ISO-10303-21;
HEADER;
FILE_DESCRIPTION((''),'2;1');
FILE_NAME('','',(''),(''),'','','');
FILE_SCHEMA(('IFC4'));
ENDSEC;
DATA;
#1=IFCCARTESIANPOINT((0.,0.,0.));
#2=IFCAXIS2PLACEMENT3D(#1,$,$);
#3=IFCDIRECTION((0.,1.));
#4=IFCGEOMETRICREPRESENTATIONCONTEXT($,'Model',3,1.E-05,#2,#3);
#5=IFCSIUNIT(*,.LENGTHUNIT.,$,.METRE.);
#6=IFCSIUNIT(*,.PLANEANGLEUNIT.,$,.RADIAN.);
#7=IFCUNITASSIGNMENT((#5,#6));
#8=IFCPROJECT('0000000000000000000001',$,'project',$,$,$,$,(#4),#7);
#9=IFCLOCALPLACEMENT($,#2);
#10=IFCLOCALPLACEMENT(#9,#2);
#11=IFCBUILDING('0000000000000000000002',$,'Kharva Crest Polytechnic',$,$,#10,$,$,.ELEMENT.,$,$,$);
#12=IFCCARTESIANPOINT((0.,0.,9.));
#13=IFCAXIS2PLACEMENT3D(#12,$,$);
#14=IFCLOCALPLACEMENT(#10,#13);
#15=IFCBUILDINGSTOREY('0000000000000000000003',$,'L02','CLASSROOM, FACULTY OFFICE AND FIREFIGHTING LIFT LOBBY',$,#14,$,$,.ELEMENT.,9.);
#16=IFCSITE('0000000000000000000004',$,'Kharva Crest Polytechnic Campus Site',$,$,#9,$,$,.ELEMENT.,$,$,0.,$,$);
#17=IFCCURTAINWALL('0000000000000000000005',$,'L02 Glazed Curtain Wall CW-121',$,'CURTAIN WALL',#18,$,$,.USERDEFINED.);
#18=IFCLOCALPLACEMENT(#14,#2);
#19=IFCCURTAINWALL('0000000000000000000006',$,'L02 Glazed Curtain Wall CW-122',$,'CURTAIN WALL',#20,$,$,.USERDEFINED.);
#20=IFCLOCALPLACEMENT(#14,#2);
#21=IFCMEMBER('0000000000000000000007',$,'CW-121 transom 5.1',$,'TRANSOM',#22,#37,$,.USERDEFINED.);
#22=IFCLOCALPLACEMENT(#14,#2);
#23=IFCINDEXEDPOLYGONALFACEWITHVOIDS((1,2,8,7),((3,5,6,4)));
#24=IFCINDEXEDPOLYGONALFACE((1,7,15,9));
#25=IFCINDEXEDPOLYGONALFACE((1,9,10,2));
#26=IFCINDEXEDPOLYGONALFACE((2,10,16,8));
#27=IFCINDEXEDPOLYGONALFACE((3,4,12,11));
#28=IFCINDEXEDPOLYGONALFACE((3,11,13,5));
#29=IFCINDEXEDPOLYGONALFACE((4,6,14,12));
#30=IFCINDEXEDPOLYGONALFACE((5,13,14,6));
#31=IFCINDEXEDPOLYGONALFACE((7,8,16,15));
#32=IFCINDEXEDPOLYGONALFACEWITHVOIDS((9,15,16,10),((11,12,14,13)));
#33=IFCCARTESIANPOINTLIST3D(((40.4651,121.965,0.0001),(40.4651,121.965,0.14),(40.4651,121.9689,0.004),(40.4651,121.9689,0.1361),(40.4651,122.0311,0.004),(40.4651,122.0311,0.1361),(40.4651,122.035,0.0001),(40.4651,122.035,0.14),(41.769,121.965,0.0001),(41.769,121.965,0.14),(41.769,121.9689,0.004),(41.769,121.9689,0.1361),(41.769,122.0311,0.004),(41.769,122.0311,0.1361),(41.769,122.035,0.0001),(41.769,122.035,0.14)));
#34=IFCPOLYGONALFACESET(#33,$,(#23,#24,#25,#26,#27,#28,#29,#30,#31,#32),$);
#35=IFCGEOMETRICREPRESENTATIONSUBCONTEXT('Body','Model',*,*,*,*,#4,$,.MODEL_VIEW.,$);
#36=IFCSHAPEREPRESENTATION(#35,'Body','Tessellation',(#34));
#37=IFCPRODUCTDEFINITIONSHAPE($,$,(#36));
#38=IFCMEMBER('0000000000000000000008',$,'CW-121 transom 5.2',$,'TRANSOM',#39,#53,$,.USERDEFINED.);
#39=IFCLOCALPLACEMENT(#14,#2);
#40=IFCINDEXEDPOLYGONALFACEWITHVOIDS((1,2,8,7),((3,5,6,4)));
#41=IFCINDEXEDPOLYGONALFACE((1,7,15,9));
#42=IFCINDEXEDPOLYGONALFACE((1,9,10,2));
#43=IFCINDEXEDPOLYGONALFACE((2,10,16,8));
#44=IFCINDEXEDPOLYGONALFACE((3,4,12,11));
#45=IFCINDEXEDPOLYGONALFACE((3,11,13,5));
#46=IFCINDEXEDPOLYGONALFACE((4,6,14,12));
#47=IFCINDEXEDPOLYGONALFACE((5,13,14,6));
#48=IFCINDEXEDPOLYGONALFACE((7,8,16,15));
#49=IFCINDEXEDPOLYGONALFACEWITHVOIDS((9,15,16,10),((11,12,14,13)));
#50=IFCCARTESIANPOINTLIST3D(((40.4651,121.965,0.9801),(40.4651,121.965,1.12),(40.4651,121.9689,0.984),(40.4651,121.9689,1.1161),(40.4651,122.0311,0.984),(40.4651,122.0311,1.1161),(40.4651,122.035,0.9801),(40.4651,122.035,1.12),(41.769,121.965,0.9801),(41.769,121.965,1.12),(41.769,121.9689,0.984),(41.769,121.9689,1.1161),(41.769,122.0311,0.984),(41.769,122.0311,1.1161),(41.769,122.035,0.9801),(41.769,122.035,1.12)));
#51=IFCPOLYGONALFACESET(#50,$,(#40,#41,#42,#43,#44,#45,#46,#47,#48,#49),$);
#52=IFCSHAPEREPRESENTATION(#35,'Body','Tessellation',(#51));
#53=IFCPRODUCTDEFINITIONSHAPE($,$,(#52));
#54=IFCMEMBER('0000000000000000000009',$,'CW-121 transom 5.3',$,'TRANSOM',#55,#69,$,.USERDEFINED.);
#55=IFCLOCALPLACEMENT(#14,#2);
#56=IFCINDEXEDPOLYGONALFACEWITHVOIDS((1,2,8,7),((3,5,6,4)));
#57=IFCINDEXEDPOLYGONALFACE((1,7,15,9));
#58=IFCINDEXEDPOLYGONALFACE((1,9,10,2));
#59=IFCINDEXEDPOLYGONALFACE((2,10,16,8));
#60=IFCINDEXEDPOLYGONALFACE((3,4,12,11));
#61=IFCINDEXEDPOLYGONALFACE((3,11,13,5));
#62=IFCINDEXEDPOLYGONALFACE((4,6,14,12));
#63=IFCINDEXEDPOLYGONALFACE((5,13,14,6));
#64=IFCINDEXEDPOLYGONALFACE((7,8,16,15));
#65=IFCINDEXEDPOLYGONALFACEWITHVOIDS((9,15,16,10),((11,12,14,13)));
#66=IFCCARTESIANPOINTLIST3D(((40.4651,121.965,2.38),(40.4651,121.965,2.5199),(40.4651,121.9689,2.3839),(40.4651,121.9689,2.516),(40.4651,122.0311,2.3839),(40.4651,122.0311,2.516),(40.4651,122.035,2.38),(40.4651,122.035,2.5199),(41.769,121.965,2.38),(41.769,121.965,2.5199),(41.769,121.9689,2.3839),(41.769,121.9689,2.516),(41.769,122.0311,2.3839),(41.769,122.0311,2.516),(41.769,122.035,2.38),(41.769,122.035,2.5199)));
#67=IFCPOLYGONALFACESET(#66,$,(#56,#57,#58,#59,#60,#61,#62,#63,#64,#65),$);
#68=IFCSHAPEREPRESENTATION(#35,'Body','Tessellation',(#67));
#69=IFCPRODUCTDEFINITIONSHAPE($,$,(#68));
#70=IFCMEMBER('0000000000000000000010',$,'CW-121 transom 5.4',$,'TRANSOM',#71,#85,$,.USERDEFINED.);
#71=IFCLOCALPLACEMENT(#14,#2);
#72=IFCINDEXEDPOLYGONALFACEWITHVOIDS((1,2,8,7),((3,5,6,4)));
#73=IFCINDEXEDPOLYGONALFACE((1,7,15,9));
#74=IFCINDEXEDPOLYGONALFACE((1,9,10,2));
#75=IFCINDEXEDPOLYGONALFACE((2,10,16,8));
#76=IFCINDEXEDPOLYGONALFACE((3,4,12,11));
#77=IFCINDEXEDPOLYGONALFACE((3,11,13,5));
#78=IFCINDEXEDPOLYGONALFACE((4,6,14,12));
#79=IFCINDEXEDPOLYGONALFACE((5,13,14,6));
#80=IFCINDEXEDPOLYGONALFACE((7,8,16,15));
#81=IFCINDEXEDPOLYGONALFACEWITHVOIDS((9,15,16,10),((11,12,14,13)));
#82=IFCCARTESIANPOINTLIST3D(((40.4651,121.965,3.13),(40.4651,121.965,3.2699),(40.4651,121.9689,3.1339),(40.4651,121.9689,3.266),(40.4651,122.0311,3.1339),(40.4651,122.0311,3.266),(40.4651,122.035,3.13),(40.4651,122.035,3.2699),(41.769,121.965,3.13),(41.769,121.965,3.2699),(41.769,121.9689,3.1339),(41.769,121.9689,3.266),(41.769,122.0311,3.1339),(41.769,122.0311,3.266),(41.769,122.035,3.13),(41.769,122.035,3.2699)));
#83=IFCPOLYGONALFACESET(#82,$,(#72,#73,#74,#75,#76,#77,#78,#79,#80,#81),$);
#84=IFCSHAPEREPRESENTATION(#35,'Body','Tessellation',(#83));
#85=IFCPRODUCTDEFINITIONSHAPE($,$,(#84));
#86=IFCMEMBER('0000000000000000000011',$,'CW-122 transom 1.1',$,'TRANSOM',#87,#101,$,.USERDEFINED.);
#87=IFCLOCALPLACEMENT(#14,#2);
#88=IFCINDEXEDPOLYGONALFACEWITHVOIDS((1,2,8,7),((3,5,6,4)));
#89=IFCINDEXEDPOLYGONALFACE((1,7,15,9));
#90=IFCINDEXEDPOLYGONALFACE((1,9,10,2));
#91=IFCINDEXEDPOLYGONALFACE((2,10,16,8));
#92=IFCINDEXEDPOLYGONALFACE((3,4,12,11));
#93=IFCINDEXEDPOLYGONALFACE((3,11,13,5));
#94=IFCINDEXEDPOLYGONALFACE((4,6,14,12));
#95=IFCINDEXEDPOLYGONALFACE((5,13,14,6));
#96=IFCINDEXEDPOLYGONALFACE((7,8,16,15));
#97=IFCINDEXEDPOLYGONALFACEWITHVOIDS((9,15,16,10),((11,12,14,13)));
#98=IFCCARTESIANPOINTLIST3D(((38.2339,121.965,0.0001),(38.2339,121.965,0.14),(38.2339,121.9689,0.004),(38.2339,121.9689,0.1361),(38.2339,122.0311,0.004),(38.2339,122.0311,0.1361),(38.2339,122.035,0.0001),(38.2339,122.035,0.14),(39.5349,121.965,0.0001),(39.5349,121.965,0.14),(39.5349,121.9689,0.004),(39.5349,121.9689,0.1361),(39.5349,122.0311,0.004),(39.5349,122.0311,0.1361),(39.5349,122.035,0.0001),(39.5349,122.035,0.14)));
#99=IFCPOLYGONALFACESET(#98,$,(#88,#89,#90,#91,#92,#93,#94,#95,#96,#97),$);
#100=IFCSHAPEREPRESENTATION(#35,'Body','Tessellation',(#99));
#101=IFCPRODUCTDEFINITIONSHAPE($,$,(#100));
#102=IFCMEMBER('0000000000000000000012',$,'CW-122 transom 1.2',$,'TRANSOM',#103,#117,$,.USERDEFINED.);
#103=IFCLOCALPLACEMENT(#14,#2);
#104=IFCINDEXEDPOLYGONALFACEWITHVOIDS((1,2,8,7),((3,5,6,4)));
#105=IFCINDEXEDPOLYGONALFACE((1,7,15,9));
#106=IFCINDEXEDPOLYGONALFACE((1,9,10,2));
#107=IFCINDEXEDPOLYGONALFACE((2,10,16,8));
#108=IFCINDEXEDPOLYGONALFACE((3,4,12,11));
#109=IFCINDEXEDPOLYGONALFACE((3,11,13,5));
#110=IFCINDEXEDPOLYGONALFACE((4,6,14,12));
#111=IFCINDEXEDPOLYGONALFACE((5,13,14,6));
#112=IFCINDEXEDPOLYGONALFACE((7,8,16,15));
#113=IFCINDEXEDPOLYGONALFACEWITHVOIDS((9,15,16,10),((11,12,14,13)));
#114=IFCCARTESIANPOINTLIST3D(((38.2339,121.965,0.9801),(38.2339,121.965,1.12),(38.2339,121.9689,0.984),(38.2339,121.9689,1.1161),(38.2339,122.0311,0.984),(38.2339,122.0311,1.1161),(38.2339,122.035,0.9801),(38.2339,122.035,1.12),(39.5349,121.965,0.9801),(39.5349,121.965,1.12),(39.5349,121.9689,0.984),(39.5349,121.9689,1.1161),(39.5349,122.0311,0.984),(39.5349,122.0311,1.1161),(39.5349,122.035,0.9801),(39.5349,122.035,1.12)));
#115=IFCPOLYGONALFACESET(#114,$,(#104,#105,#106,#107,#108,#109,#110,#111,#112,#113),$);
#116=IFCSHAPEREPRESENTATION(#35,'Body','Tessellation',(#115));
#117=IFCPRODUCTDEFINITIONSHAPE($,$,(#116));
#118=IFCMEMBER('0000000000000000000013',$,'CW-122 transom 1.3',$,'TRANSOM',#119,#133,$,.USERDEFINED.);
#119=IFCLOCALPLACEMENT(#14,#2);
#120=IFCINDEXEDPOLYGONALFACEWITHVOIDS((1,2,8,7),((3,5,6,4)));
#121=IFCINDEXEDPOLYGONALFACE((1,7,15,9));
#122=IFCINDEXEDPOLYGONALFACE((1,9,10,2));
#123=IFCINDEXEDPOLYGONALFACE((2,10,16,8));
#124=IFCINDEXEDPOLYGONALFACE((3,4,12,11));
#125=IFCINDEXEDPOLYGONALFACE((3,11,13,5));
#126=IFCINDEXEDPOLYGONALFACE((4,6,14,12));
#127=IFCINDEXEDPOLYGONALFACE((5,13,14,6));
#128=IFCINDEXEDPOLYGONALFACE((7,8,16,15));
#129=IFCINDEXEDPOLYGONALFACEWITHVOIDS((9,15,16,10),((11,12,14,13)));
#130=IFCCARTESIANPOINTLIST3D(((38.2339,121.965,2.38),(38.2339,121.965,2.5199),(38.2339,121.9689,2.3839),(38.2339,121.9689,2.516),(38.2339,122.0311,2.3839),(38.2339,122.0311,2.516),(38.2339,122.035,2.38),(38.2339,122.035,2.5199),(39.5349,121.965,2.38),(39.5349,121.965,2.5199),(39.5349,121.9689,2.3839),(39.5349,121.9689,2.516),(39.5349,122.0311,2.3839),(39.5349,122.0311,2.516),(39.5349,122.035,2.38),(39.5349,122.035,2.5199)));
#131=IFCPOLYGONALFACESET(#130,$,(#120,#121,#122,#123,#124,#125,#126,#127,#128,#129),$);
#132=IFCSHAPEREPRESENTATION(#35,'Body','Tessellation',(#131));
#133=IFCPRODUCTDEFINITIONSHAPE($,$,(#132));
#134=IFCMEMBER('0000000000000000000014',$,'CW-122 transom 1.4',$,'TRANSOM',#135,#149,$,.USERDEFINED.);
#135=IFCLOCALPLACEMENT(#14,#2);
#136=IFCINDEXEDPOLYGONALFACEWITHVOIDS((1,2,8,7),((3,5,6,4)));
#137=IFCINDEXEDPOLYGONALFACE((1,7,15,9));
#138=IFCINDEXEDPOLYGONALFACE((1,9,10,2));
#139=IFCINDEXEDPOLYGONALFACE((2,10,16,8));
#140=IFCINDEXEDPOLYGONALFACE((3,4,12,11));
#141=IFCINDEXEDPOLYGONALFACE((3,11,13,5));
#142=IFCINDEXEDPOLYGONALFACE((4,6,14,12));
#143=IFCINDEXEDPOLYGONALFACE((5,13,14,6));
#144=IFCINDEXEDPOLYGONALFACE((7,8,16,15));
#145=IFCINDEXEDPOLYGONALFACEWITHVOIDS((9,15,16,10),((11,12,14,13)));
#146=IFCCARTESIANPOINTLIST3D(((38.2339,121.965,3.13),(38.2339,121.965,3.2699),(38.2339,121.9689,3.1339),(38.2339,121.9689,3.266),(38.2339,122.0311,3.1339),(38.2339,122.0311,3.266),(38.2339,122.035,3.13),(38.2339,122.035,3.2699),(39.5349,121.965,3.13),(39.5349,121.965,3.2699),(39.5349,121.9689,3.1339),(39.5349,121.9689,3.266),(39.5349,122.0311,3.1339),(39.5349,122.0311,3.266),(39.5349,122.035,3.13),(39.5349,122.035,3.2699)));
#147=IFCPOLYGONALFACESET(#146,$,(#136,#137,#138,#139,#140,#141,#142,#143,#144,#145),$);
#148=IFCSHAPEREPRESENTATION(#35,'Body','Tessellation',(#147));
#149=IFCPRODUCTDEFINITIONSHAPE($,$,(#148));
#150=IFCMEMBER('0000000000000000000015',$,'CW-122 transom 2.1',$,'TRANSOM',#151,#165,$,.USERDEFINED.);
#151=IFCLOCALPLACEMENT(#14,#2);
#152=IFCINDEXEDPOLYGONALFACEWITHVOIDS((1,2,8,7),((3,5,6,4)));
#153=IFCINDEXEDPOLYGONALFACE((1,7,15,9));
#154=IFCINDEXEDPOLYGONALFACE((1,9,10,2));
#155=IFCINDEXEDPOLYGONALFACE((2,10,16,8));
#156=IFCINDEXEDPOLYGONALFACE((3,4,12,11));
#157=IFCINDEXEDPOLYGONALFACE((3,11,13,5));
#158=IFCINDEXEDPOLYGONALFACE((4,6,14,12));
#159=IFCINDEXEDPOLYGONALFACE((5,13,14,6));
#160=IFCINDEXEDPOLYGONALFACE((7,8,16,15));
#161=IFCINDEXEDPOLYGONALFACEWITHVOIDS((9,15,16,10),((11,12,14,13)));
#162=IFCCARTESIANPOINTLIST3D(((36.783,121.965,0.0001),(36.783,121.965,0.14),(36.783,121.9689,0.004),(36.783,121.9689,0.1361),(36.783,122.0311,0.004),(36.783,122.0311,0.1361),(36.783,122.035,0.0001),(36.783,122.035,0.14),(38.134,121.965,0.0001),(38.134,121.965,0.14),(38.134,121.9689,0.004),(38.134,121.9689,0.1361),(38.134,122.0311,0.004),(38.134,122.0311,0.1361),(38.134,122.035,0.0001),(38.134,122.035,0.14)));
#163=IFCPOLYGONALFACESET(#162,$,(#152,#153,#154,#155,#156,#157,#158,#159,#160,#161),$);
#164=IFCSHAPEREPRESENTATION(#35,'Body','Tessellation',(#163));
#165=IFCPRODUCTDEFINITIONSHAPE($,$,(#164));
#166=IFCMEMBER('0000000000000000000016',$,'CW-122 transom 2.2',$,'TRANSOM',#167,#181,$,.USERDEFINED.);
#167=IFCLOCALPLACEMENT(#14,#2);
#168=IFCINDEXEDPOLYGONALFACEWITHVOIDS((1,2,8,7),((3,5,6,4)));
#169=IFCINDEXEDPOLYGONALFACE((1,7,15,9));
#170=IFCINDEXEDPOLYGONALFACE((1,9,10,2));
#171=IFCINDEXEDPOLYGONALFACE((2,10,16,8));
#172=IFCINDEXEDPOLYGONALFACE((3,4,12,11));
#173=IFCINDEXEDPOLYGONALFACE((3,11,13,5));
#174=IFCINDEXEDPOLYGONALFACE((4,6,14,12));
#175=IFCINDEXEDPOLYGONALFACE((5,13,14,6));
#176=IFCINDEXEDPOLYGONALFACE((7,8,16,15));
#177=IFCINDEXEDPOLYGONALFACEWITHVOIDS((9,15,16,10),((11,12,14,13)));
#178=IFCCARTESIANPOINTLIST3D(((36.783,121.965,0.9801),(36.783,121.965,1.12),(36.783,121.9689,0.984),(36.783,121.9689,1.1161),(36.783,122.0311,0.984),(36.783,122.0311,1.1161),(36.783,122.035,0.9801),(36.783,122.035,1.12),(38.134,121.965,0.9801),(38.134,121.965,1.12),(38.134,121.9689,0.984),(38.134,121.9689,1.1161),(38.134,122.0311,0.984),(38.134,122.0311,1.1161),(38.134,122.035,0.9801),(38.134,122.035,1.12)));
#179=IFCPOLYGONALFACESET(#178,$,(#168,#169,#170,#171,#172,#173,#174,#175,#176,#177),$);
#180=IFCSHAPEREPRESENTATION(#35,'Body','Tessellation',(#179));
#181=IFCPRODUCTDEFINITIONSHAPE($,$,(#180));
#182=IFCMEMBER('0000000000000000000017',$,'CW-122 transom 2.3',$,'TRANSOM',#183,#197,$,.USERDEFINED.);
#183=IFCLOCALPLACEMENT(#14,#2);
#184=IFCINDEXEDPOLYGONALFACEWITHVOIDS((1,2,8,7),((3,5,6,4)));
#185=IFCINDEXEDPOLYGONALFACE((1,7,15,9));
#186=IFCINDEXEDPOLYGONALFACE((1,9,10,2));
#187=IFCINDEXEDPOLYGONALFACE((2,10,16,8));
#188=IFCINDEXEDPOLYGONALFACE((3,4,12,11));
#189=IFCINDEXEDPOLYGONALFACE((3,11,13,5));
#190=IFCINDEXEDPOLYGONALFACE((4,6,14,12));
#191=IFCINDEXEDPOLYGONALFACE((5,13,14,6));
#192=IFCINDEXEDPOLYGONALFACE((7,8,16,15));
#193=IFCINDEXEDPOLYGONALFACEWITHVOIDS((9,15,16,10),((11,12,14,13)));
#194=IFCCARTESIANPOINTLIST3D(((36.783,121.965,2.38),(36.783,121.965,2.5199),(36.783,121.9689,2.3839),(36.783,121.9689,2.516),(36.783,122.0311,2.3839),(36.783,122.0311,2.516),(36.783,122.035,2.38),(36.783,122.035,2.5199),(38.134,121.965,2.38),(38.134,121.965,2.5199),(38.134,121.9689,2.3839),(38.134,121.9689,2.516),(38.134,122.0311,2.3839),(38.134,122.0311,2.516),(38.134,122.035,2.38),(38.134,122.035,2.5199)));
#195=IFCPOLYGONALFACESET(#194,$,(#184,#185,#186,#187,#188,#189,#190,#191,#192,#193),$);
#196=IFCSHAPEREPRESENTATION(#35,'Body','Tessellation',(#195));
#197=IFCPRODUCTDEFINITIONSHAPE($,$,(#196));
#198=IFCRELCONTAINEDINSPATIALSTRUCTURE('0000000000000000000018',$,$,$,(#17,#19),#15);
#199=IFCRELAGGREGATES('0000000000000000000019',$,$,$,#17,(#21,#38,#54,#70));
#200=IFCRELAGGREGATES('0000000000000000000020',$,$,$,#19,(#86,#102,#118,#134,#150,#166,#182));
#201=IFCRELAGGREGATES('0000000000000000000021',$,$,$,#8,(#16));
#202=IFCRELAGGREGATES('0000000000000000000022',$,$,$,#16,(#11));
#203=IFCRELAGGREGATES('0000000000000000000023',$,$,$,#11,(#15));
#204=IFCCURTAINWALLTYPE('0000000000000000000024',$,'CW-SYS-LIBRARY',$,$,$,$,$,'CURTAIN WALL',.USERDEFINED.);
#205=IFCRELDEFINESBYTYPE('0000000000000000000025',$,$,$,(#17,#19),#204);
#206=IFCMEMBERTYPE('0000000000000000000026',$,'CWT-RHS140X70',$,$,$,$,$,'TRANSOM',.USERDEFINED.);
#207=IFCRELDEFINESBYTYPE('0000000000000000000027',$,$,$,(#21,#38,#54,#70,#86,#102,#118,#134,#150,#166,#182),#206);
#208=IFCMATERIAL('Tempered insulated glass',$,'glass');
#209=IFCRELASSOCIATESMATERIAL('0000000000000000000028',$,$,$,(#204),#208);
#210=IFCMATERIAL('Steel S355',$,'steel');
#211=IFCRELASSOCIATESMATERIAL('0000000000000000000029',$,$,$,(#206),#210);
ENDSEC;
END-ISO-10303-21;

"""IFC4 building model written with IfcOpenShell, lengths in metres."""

from ifc_helpers import new_model, si_unit, direction, frame, origin, origin_2d, place, context, subcontext, project, spatial, hollow_rectangle, extrude, material, material_profile, profile_set, type_object, element, aggregate, save


model = new_model("IFC4")

# Units and contexts
model_context = context("Model", 3, precision=1e-05, world=origin(), true_north=direction((0.0, 1.0)))
body_context = subcontext(model_context, "Body", "Model", "MODEL_VIEW")
ifc_project = project(units=[si_unit("LENGTHUNIT", "METRE"), si_unit("PLANEANGLEUNIT", "RADIAN")], contexts=[model_context])

# Site, building, storey
site_placement = place(None, origin())
site = spatial("IfcSite", under=ifc_project, at=site_placement, Name="Kharva Crest Polytechnic Campus Site", CompositionType="ELEMENT", RefElevation=0.0)
building_placement = place(site_placement, origin())
building = spatial("IfcBuilding", under=site, at=building_placement, Name="Kharva Crest Polytechnic", CompositionType="ELEMENT")
storey_placement = place(building_placement, frame((0.0, 0.0, 9.0)))
storey = spatial("IfcBuildingStorey", under=building, at=storey_placement, Name="L02", Description="CLASSROOM, FACULTY OFFICE AND FIREFIGHTING LIFT LOBBY", CompositionType="ELEMENT", Elevation=9.0)

# Curtain walls
ifc_material_1 = material(Name="Tempered insulated glass", Category="glass")
curtain_wall_type = type_object("IfcCurtainWallType", Name="CW-SYS-LIBRARY", ElementType="CURTAIN WALL", PredefinedType="USERDEFINED", material=ifc_material_1)
curtain_wall_1_placement = place(storey_placement, origin())
curtain_wall_1 = element("IfcCurtainWall", 1, at=curtain_wall_1_placement, inside=storey, type_object=curtain_wall_type, Name="L02 Glazed Curtain Wall CW-121", ObjectType="CURTAIN WALL", PredefinedType="USERDEFINED")
ifc_material_2 = material(Name="Steel S355", Category="steel")
curtain_wall_2_placement = place(storey_placement, origin())
curtain_wall_2 = element("IfcCurtainWall", 2, at=curtain_wall_2_placement, inside=storey, type_object=curtain_wall_type, Name="L02 Glazed Curtain Wall CW-122", ObjectType="CURTAIN WALL", PredefinedType="USERDEFINED")

# Members
ifc_material_profile_1 = material_profile(ifc_material_2, hollow_rectangle(XDim=0.0701, YDim=0.1399, WallThickness=0.0039, at=origin_2d()), Name="RHS 140X70X4.0")
ifc_profile_set_1 = profile_set([ifc_material_profile_1], Name="Steel S355")
member_type_1 = type_object("IfcMemberType", Name="CWT-RHS140X70", ElementType="TRANSOM", PredefinedType="USERDEFINED", material=ifc_profile_set_1)
member_1_placement = place(storey_placement, frame((41.769, 122.0, 0.0701), z_axis=(-1.0, 0.0, 0.0), x_axis=(0.0, -1.0, 0.0)))
member_1 = element("IfcMember", 3, at=member_1_placement, type_object=member_type_1, Name="CW-121 transom 5.1", ObjectType="TRANSOM", PredefinedType="USERDEFINED", context=body_context, shape_type="SweptSolid", body=[
    extrude(hollow_rectangle(XDim=0.0701, YDim=0.1399, WallThickness=0.0039, at=origin_2d()), origin(), (0.0, 0.0, 1.0), 1.304),
])
member_2_placement = place(storey_placement, frame((41.769, 122.0, 1.05), z_axis=(-1.0, 0.0, 0.0), x_axis=(0.0, -1.0, 0.0)))
member_2 = element("IfcMember", 4, at=member_2_placement, type_object=member_type_1, Name="CW-121 transom 5.2", ObjectType="TRANSOM", PredefinedType="USERDEFINED", context=body_context, shape_type="SweptSolid", body=[
    extrude(hollow_rectangle(XDim=0.0701, YDim=0.1399, WallThickness=0.0039, at=origin_2d()), origin(), (0.0, 0.0, 1.0), 1.304),
])
member_3_placement = place(storey_placement, frame((41.769, 122.0, 2.45), z_axis=(-1.0, 0.0, 0.0), x_axis=(0.0, -1.0, 0.0)))
member_3 = element("IfcMember", 5, at=member_3_placement, type_object=member_type_1, Name="CW-121 transom 5.3", ObjectType="TRANSOM", PredefinedType="USERDEFINED", context=body_context, shape_type="SweptSolid", body=[
    extrude(hollow_rectangle(XDim=0.0701, YDim=0.1399, WallThickness=0.0039, at=origin_2d()), origin(), (0.0, 0.0, 1.0), 1.304),
])
member_4_placement = place(storey_placement, frame((41.769, 122.0, 3.2), z_axis=(-1.0, 0.0, 0.0), x_axis=(0.0, -1.0, 0.0)))
member_4 = element("IfcMember", 6, at=member_4_placement, type_object=member_type_1, Name="CW-121 transom 5.4", ObjectType="TRANSOM", PredefinedType="USERDEFINED", context=body_context, shape_type="SweptSolid", body=[
    extrude(hollow_rectangle(XDim=0.0701, YDim=0.1399, WallThickness=0.0039, at=origin_2d()), origin(), (0.0, 0.0, 1.0), 1.304),
])
member_5_placement = place(storey_placement, frame((39.5349, 122.0, 0.0701), z_axis=(-1.0, 0.0, 0.0), x_axis=(0.0, -1.0, 0.0)))
member_5 = element("IfcMember", 7, at=member_5_placement, type_object=member_type_1, Name="CW-122 transom 1.1", ObjectType="TRANSOM", PredefinedType="USERDEFINED", context=body_context, shape_type="SweptSolid", body=[
    extrude(hollow_rectangle(XDim=0.0701, YDim=0.1399, WallThickness=0.0039, at=origin_2d()), origin(), (0.0, 0.0, 1.0), 1.301),
])
member_6_placement = place(storey_placement, frame((39.5349, 122.0, 1.05), z_axis=(-1.0, 0.0, 0.0), x_axis=(0.0, -1.0, 0.0)))
member_6 = element("IfcMember", 8, at=member_6_placement, type_object=member_type_1, Name="CW-122 transom 1.2", ObjectType="TRANSOM", PredefinedType="USERDEFINED", context=body_context, shape_type="SweptSolid", body=[
    extrude(hollow_rectangle(XDim=0.0701, YDim=0.1399, WallThickness=0.0039, at=origin_2d()), origin(), (0.0, 0.0, 1.0), 1.301),
])
member_7_placement = place(storey_placement, frame((39.5349, 122.0, 2.45), z_axis=(-1.0, 0.0, 0.0), x_axis=(0.0, -1.0, 0.0)))
member_7 = element("IfcMember", 9, at=member_7_placement, type_object=member_type_1, Name="CW-122 transom 1.3", ObjectType="TRANSOM", PredefinedType="USERDEFINED", context=body_context, shape_type="SweptSolid", body=[
    extrude(hollow_rectangle(XDim=0.0701, YDim=0.1399, WallThickness=0.0039, at=origin_2d()), origin(), (0.0, 0.0, 1.0), 1.301),
])
member_8_placement = place(storey_placement, frame((39.5349, 122.0, 3.2), z_axis=(-1.0, 0.0, 0.0), x_axis=(0.0, -1.0, 0.0)))
member_8 = element("IfcMember", 10, at=member_8_placement, type_object=member_type_1, Name="CW-122 transom 1.4", ObjectType="TRANSOM", PredefinedType="USERDEFINED", context=body_context, shape_type="SweptSolid", body=[
    extrude(hollow_rectangle(XDim=0.0701, YDim=0.1399, WallThickness=0.0039, at=origin_2d()), origin(), (0.0, 0.0, 1.0), 1.301),
])
member_9_placement = place(storey_placement, frame((38.134, 122.0, 0.0701), z_axis=(-1.0, 0.0, 0.0), x_axis=(0.0, -1.0, 0.0)))
member_9 = element("IfcMember", 11, at=member_9_placement, type_object=member_type_1, Name="CW-122 transom 2.1", ObjectType="TRANSOM", PredefinedType="USERDEFINED", context=body_context, shape_type="SweptSolid", body=[
    extrude(hollow_rectangle(XDim=0.0701, YDim=0.1399, WallThickness=0.0039, at=origin_2d()), origin(), (0.0, 0.0, 1.0), 1.3511),
])
member_10_placement = place(storey_placement, frame((38.134, 122.0, 1.05), z_axis=(-1.0, 0.0, 0.0), x_axis=(0.0, -1.0, 0.0)))
member_10 = element("IfcMember", 12, at=member_10_placement, type_object=member_type_1, Name="CW-122 transom 2.2", ObjectType="TRANSOM", PredefinedType="USERDEFINED", context=body_context, shape_type="SweptSolid", body=[
    extrude(hollow_rectangle(XDim=0.0701, YDim=0.1399, WallThickness=0.0039, at=origin_2d()), origin(), (0.0, 0.0, 1.0), 1.3511),
])
member_11_placement = place(storey_placement, frame((38.134, 122.0, 2.45), z_axis=(-1.0, 0.0, 0.0), x_axis=(0.0, -1.0, 0.0)))
member_11 = element("IfcMember", 13, at=member_11_placement, type_object=member_type_1, Name="CW-122 transom 2.3", ObjectType="TRANSOM", PredefinedType="USERDEFINED", context=body_context, shape_type="SweptSolid", body=[
    extrude(hollow_rectangle(XDim=0.0701, YDim=0.1399, WallThickness=0.0039, at=origin_2d()), origin(), (0.0, 0.0, 1.0), 1.3511),
])

aggregate(curtain_wall_1, [member_1, member_2, member_3, member_4])
aggregate(curtain_wall_2, [member_5, member_6, member_7, member_8, member_9, member_10, member_11])

save(model, "model.ifc")
